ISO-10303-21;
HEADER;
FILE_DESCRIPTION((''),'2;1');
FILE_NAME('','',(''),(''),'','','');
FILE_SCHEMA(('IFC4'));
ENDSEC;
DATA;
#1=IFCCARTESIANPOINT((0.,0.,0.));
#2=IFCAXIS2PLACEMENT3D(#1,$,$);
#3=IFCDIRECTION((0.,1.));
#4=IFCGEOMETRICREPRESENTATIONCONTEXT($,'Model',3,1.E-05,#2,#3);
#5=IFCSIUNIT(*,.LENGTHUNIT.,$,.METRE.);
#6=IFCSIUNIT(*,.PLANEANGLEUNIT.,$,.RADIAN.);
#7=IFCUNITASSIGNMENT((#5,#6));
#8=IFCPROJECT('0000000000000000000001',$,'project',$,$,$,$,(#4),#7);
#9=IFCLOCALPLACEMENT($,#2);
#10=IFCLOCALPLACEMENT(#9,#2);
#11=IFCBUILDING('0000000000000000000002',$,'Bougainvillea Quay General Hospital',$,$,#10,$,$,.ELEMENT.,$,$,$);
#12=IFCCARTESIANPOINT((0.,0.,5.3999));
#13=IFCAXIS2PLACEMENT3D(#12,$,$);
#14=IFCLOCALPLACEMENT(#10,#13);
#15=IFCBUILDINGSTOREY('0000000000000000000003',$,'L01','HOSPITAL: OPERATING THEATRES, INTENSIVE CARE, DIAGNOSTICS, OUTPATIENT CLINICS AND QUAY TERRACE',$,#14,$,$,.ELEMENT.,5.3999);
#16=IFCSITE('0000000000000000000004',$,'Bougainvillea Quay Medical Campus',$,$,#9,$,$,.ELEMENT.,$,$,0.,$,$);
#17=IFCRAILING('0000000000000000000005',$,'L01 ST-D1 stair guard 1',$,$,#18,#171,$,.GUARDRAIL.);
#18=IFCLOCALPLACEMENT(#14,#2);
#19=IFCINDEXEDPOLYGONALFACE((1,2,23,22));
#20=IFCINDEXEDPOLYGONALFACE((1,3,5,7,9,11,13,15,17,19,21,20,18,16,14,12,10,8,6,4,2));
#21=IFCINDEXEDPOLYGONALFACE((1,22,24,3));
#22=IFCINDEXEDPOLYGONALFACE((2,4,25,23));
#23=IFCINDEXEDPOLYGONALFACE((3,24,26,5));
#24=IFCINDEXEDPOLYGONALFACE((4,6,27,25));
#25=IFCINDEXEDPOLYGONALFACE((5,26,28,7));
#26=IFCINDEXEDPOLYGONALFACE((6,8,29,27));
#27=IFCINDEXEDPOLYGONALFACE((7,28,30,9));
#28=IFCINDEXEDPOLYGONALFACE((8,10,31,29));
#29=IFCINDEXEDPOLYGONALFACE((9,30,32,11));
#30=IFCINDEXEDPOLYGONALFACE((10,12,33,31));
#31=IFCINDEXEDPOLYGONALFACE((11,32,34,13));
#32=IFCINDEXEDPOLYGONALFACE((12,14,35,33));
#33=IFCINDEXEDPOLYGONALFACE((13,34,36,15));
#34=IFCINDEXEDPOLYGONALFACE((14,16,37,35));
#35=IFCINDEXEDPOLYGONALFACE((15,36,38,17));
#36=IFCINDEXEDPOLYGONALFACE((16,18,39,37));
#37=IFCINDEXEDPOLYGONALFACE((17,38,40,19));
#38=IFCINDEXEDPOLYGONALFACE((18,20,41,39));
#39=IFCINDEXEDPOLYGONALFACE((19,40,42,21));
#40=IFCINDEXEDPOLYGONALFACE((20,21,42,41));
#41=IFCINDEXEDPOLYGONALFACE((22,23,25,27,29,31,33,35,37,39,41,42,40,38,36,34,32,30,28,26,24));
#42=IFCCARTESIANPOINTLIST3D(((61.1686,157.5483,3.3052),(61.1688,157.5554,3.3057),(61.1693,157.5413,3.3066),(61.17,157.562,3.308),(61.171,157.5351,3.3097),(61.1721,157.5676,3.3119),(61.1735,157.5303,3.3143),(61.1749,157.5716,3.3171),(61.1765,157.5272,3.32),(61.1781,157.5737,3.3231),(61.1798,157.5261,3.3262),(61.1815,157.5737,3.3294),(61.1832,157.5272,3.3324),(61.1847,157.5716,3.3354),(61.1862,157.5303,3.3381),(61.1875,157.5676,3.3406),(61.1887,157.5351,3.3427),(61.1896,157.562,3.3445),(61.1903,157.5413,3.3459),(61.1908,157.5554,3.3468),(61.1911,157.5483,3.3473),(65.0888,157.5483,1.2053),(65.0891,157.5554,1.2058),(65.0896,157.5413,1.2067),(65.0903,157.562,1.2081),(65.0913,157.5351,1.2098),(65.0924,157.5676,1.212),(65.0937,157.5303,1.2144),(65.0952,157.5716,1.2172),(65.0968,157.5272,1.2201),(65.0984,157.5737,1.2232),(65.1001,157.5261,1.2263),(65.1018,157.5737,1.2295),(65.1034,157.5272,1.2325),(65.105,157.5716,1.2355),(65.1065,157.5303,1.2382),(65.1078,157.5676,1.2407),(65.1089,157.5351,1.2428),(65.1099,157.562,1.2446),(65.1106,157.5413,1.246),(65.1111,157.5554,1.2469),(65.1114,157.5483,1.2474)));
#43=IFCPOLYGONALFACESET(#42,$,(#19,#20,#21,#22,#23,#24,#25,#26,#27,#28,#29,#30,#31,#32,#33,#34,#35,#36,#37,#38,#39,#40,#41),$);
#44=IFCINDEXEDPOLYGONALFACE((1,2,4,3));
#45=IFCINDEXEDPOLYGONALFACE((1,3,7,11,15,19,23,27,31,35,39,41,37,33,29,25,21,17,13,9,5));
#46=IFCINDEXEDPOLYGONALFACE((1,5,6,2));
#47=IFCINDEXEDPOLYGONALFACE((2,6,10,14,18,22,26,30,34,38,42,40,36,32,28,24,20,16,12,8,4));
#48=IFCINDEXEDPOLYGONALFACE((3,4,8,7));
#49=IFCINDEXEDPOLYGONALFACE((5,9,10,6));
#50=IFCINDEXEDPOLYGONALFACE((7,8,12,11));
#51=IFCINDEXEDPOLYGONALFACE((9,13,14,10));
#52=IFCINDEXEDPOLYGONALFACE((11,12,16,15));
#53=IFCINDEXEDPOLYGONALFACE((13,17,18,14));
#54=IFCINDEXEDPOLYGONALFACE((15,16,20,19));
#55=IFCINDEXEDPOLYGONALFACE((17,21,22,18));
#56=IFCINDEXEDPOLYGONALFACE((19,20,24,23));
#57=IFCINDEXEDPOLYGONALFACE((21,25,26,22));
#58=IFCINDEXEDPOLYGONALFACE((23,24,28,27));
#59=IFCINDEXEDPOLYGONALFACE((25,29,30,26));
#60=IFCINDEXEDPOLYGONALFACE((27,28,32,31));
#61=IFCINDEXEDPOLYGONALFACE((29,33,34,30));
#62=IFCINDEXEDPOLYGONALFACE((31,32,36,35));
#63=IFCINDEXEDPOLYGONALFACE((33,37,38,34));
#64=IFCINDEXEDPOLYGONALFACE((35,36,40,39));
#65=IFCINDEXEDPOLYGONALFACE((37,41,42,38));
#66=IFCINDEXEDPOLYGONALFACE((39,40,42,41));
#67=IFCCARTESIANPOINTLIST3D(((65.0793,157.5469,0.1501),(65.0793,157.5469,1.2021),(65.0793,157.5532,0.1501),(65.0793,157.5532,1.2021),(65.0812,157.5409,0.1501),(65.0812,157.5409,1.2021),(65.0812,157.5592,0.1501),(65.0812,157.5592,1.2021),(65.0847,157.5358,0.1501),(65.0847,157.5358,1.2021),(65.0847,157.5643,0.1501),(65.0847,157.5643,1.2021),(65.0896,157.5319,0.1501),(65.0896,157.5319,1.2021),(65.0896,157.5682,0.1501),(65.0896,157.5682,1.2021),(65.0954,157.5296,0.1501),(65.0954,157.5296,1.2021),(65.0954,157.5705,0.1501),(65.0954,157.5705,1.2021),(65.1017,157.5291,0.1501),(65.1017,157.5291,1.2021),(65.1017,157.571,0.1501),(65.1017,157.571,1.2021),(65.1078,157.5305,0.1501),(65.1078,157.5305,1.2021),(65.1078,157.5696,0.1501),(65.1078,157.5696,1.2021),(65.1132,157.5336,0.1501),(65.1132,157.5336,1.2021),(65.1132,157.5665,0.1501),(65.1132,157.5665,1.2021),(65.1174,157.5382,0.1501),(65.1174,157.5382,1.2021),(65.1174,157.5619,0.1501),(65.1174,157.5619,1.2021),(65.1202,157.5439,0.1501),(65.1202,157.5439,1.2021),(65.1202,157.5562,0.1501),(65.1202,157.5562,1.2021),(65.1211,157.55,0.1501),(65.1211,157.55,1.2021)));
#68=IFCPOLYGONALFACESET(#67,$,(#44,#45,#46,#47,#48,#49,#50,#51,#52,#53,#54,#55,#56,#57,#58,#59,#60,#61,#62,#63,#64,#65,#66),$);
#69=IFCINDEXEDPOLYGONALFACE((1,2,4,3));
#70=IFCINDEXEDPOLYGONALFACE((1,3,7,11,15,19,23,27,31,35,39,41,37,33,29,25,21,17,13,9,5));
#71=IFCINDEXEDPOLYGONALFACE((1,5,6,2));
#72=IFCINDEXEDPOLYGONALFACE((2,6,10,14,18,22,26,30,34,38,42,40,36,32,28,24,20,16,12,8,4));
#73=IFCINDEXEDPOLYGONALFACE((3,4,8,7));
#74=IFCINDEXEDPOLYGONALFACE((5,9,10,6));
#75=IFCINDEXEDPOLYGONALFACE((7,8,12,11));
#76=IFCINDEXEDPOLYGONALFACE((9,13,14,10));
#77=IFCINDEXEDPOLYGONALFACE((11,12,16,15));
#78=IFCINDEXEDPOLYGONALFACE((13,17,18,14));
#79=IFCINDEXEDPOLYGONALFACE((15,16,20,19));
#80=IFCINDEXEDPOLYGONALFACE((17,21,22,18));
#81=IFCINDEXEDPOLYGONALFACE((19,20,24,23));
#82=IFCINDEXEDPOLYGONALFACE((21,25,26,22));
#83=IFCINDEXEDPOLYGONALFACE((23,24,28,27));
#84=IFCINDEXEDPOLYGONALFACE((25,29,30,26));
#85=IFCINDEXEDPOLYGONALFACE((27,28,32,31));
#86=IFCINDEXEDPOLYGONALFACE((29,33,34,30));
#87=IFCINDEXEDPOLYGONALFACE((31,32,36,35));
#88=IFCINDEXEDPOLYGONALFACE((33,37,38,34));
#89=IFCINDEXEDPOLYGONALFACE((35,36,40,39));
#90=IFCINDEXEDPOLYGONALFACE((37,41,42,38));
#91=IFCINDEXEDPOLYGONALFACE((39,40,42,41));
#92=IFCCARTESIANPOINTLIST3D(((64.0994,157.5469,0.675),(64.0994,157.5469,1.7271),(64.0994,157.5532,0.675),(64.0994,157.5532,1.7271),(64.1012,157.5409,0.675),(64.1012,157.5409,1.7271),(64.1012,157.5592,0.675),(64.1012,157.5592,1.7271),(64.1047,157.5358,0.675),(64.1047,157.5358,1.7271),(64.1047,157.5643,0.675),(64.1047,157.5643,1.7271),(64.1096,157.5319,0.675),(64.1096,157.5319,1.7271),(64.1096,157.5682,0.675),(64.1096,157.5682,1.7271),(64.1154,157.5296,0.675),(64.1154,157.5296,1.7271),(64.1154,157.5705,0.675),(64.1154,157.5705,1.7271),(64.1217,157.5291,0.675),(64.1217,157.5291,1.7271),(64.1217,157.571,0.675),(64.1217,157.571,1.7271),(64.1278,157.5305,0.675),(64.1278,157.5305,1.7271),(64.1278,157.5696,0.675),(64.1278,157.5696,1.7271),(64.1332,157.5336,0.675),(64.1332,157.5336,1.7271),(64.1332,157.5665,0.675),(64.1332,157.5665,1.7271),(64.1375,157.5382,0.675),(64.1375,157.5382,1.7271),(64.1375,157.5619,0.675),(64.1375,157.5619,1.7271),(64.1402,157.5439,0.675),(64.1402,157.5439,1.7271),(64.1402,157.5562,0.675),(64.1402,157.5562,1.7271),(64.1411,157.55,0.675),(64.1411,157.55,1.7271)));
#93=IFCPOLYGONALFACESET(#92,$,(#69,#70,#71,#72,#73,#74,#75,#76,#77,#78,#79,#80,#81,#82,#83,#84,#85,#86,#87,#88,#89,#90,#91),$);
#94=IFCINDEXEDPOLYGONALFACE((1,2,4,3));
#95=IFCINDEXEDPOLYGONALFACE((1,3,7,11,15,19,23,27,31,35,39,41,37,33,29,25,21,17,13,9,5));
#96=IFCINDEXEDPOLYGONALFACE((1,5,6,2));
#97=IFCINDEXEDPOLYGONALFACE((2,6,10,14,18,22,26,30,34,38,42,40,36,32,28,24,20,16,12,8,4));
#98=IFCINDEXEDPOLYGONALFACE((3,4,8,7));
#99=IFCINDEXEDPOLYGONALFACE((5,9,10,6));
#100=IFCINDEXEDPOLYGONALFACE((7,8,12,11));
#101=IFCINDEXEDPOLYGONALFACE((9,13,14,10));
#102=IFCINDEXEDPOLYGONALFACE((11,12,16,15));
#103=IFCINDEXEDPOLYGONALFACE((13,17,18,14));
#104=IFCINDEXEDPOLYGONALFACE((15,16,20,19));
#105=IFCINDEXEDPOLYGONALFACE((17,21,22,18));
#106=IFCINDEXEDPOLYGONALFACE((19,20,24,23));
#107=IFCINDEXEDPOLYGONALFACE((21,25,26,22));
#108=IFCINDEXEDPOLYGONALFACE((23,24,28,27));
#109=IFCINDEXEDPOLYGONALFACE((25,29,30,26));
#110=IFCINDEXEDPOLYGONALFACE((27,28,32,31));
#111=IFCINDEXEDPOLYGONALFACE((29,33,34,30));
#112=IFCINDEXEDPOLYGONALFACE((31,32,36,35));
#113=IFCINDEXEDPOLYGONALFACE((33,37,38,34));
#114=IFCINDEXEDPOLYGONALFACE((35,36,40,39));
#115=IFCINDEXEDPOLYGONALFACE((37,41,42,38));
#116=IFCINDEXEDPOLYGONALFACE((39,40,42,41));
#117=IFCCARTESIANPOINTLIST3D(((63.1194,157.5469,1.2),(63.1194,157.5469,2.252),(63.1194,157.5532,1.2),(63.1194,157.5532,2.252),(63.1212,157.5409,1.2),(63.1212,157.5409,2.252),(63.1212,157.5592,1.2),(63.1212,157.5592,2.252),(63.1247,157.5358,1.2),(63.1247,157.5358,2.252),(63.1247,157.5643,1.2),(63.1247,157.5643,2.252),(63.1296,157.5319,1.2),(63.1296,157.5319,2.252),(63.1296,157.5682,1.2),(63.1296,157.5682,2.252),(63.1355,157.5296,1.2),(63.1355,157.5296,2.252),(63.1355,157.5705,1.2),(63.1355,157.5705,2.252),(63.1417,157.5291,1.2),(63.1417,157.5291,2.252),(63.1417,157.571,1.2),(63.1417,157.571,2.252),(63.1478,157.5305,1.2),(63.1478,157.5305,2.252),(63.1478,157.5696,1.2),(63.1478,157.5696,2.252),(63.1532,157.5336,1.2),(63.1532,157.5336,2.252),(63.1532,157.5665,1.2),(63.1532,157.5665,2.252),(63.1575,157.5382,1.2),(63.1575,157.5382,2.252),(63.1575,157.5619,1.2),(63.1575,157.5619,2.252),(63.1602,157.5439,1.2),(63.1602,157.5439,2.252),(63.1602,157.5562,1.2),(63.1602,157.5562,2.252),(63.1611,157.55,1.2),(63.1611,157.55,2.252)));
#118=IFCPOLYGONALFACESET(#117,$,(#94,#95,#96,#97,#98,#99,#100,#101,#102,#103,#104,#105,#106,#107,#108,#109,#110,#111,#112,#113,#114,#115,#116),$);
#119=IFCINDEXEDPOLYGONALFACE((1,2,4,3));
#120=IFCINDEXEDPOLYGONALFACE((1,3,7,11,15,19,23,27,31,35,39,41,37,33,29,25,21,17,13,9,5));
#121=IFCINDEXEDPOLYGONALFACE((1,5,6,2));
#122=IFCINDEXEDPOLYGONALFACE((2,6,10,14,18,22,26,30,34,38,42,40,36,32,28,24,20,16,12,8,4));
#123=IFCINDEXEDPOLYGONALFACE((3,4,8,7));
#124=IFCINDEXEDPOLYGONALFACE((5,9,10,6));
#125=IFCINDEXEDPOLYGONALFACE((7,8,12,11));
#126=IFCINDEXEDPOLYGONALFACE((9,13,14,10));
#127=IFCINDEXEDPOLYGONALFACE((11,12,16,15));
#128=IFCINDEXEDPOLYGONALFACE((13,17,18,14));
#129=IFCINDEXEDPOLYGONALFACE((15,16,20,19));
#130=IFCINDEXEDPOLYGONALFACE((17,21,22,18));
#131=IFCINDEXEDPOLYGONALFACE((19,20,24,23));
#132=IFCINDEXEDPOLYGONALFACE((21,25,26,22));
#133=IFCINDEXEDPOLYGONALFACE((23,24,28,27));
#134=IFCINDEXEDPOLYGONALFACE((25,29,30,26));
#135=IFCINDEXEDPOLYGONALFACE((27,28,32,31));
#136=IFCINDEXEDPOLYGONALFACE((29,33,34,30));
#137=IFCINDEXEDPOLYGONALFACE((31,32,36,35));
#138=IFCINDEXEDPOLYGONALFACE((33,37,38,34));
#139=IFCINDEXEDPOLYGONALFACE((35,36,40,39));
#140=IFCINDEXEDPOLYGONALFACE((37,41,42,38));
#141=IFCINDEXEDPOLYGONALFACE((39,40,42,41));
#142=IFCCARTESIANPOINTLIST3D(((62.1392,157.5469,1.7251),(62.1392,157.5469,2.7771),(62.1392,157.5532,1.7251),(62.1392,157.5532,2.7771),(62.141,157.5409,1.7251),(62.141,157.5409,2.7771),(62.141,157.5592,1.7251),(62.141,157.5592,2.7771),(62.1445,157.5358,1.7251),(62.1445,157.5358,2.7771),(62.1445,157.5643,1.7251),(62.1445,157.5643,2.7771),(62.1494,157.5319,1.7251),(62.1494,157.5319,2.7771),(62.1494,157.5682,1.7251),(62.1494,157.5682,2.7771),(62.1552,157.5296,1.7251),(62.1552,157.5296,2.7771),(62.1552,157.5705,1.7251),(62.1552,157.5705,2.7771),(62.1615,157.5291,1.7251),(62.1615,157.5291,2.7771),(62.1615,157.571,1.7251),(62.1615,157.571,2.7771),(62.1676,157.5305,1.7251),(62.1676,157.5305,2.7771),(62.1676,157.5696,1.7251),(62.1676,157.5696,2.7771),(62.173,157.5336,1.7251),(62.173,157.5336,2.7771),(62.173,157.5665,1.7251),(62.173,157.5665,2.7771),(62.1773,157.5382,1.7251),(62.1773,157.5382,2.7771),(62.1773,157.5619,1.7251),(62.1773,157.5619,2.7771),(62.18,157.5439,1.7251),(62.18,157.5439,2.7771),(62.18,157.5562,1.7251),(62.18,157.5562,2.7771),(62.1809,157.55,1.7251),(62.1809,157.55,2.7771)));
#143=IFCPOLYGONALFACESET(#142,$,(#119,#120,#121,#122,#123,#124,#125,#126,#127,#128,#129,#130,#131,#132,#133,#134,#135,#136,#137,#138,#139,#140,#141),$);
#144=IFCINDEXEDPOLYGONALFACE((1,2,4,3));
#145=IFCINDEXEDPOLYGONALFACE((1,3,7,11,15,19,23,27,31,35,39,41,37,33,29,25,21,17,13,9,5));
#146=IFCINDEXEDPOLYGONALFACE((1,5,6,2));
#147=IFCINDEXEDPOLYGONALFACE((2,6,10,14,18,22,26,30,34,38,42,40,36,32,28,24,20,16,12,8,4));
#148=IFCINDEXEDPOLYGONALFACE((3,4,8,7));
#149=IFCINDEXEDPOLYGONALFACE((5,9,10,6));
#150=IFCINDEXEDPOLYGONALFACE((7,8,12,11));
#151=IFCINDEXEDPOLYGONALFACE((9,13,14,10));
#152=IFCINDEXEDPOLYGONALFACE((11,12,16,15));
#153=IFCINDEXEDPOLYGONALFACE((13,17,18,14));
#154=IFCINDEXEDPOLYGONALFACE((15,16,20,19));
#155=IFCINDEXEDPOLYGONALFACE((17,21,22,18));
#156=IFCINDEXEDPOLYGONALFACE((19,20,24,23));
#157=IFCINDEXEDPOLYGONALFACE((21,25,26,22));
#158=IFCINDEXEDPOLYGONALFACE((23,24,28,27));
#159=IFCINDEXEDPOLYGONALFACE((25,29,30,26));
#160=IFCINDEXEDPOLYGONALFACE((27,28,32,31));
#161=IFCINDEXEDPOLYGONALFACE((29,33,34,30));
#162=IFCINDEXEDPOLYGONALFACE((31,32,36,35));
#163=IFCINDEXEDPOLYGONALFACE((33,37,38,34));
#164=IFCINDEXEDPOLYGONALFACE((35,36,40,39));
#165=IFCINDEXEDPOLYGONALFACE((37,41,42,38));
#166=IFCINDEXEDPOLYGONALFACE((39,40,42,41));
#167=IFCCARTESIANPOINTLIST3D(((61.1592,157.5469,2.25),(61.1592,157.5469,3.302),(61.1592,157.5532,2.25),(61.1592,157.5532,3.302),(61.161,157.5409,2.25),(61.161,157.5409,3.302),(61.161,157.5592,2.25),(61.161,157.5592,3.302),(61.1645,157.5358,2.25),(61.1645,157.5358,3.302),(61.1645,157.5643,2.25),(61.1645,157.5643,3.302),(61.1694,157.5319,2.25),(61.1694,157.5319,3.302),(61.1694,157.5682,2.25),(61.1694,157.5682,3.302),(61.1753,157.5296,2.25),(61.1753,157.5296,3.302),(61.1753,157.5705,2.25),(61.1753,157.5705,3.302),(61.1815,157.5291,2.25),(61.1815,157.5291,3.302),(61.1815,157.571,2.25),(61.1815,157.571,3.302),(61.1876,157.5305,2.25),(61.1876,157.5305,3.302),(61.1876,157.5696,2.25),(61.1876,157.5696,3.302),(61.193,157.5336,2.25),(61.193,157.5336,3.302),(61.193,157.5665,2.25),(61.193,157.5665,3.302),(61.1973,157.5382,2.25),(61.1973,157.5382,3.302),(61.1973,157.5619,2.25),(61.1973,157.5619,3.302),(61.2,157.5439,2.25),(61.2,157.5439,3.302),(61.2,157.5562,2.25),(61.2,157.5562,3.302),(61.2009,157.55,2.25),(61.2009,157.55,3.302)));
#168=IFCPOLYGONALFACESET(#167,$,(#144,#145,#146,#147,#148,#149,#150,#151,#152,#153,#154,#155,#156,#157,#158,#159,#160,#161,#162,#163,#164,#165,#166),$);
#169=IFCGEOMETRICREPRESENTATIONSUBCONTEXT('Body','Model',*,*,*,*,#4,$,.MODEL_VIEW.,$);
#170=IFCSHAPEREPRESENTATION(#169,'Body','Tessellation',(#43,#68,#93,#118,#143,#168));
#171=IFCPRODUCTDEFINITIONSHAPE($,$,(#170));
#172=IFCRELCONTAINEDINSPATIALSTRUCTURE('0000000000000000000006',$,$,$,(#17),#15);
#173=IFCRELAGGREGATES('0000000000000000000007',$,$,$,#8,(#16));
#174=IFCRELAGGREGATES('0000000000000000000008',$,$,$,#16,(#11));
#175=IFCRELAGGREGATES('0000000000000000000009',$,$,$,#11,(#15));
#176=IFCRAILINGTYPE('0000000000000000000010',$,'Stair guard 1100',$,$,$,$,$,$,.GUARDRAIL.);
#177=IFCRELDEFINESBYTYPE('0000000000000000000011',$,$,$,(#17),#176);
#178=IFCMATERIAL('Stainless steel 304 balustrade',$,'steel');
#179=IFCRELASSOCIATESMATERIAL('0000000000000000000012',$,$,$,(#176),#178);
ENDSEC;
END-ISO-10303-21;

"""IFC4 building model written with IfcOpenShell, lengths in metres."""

from ifc_helpers import new_model, si_unit, direction, frame, origin, origin_2d, place, context, subcontext, project, spatial, circle, extrude, material, type_object, element, save


model = new_model("IFC4")

# Units and contexts
model_context = context("Model", 3, precision=1e-05, world=origin(), true_north=direction((0.0, 1.0)))
body_context = subcontext(model_context, "Body", "Model", "MODEL_VIEW")
ifc_project = project(units=[si_unit("LENGTHUNIT", "METRE"), si_unit("PLANEANGLEUNIT", "RADIAN")], contexts=[model_context])

# Site, building, storey
site_placement = place(None, origin())
site = spatial("IfcSite", under=ifc_project, at=site_placement, Name="Bougainvillea Quay Medical Campus", CompositionType="ELEMENT", RefElevation=0.0)
building_placement = place(site_placement, origin())
building = spatial("IfcBuilding", under=site, at=building_placement, Name="Bougainvillea Quay General Hospital", CompositionType="ELEMENT")
storey_placement = place(building_placement, frame((0.0, 0.0, 5.3999)))
storey = spatial("IfcBuildingStorey", under=building, at=storey_placement, Name="L01", Description="HOSPITAL: OPERATING THEATRES, INTENSIVE CARE, DIAGNOSTICS, OUTPATIENT CLINICS AND QUAY TERRACE", CompositionType="ELEMENT", Elevation=5.3999)

# Railing
ifc_material_1 = material(Name="Stainless steel 304 balustrade", Category="steel")
railing_type_1 = type_object("IfcRailingType", Name="Stair guard 1100", PredefinedType="GUARDRAIL", material=ifc_material_1)
railing_1_placement = place(storey_placement, frame((65.1001, 157.55, 0.1501)))
element("IfcRailing", 1, at=railing_1_placement, inside=storey, type_object=railing_type_1, Name="L01 ST-D1 stair guard 1", PredefinedType="GUARDRAIL", context=body_context, shape_type="SweptSolid", body=[
    extrude(circle(Radius=0.0239, at=origin_2d()), frame((0.0, 0.0, 1.0762), z_axis=(-0.881502, 0.0, 0.47218), x_axis=(0.0, -1.0, 0.0)), (0.0, 0.0, 1.0), 4.4473),
    extrude(circle(Radius=0.021, at=origin_2d()), origin(), (0.0, 0.0, 1.0), 1.052),
    extrude(circle(Radius=0.021, at=origin_2d()), frame((-0.98, 0.0, 0.5249)), (0.0, 0.0, 1.0), 1.052),
    extrude(circle(Radius=0.021, at=origin_2d()), frame((-1.96, 0.0, 1.0498)), (0.0, 0.0, 1.0), 1.052),
    extrude(circle(Radius=0.021, at=origin_2d()), frame((-2.9402, 0.0, 1.575)), (0.0, 0.0, 1.0), 1.052),
    extrude(circle(Radius=0.021, at=origin_2d()), frame((-3.9202, 0.0, 2.0999)), (0.0, 0.0, 1.0), 1.052),
])

save(model, "model.ifc")
